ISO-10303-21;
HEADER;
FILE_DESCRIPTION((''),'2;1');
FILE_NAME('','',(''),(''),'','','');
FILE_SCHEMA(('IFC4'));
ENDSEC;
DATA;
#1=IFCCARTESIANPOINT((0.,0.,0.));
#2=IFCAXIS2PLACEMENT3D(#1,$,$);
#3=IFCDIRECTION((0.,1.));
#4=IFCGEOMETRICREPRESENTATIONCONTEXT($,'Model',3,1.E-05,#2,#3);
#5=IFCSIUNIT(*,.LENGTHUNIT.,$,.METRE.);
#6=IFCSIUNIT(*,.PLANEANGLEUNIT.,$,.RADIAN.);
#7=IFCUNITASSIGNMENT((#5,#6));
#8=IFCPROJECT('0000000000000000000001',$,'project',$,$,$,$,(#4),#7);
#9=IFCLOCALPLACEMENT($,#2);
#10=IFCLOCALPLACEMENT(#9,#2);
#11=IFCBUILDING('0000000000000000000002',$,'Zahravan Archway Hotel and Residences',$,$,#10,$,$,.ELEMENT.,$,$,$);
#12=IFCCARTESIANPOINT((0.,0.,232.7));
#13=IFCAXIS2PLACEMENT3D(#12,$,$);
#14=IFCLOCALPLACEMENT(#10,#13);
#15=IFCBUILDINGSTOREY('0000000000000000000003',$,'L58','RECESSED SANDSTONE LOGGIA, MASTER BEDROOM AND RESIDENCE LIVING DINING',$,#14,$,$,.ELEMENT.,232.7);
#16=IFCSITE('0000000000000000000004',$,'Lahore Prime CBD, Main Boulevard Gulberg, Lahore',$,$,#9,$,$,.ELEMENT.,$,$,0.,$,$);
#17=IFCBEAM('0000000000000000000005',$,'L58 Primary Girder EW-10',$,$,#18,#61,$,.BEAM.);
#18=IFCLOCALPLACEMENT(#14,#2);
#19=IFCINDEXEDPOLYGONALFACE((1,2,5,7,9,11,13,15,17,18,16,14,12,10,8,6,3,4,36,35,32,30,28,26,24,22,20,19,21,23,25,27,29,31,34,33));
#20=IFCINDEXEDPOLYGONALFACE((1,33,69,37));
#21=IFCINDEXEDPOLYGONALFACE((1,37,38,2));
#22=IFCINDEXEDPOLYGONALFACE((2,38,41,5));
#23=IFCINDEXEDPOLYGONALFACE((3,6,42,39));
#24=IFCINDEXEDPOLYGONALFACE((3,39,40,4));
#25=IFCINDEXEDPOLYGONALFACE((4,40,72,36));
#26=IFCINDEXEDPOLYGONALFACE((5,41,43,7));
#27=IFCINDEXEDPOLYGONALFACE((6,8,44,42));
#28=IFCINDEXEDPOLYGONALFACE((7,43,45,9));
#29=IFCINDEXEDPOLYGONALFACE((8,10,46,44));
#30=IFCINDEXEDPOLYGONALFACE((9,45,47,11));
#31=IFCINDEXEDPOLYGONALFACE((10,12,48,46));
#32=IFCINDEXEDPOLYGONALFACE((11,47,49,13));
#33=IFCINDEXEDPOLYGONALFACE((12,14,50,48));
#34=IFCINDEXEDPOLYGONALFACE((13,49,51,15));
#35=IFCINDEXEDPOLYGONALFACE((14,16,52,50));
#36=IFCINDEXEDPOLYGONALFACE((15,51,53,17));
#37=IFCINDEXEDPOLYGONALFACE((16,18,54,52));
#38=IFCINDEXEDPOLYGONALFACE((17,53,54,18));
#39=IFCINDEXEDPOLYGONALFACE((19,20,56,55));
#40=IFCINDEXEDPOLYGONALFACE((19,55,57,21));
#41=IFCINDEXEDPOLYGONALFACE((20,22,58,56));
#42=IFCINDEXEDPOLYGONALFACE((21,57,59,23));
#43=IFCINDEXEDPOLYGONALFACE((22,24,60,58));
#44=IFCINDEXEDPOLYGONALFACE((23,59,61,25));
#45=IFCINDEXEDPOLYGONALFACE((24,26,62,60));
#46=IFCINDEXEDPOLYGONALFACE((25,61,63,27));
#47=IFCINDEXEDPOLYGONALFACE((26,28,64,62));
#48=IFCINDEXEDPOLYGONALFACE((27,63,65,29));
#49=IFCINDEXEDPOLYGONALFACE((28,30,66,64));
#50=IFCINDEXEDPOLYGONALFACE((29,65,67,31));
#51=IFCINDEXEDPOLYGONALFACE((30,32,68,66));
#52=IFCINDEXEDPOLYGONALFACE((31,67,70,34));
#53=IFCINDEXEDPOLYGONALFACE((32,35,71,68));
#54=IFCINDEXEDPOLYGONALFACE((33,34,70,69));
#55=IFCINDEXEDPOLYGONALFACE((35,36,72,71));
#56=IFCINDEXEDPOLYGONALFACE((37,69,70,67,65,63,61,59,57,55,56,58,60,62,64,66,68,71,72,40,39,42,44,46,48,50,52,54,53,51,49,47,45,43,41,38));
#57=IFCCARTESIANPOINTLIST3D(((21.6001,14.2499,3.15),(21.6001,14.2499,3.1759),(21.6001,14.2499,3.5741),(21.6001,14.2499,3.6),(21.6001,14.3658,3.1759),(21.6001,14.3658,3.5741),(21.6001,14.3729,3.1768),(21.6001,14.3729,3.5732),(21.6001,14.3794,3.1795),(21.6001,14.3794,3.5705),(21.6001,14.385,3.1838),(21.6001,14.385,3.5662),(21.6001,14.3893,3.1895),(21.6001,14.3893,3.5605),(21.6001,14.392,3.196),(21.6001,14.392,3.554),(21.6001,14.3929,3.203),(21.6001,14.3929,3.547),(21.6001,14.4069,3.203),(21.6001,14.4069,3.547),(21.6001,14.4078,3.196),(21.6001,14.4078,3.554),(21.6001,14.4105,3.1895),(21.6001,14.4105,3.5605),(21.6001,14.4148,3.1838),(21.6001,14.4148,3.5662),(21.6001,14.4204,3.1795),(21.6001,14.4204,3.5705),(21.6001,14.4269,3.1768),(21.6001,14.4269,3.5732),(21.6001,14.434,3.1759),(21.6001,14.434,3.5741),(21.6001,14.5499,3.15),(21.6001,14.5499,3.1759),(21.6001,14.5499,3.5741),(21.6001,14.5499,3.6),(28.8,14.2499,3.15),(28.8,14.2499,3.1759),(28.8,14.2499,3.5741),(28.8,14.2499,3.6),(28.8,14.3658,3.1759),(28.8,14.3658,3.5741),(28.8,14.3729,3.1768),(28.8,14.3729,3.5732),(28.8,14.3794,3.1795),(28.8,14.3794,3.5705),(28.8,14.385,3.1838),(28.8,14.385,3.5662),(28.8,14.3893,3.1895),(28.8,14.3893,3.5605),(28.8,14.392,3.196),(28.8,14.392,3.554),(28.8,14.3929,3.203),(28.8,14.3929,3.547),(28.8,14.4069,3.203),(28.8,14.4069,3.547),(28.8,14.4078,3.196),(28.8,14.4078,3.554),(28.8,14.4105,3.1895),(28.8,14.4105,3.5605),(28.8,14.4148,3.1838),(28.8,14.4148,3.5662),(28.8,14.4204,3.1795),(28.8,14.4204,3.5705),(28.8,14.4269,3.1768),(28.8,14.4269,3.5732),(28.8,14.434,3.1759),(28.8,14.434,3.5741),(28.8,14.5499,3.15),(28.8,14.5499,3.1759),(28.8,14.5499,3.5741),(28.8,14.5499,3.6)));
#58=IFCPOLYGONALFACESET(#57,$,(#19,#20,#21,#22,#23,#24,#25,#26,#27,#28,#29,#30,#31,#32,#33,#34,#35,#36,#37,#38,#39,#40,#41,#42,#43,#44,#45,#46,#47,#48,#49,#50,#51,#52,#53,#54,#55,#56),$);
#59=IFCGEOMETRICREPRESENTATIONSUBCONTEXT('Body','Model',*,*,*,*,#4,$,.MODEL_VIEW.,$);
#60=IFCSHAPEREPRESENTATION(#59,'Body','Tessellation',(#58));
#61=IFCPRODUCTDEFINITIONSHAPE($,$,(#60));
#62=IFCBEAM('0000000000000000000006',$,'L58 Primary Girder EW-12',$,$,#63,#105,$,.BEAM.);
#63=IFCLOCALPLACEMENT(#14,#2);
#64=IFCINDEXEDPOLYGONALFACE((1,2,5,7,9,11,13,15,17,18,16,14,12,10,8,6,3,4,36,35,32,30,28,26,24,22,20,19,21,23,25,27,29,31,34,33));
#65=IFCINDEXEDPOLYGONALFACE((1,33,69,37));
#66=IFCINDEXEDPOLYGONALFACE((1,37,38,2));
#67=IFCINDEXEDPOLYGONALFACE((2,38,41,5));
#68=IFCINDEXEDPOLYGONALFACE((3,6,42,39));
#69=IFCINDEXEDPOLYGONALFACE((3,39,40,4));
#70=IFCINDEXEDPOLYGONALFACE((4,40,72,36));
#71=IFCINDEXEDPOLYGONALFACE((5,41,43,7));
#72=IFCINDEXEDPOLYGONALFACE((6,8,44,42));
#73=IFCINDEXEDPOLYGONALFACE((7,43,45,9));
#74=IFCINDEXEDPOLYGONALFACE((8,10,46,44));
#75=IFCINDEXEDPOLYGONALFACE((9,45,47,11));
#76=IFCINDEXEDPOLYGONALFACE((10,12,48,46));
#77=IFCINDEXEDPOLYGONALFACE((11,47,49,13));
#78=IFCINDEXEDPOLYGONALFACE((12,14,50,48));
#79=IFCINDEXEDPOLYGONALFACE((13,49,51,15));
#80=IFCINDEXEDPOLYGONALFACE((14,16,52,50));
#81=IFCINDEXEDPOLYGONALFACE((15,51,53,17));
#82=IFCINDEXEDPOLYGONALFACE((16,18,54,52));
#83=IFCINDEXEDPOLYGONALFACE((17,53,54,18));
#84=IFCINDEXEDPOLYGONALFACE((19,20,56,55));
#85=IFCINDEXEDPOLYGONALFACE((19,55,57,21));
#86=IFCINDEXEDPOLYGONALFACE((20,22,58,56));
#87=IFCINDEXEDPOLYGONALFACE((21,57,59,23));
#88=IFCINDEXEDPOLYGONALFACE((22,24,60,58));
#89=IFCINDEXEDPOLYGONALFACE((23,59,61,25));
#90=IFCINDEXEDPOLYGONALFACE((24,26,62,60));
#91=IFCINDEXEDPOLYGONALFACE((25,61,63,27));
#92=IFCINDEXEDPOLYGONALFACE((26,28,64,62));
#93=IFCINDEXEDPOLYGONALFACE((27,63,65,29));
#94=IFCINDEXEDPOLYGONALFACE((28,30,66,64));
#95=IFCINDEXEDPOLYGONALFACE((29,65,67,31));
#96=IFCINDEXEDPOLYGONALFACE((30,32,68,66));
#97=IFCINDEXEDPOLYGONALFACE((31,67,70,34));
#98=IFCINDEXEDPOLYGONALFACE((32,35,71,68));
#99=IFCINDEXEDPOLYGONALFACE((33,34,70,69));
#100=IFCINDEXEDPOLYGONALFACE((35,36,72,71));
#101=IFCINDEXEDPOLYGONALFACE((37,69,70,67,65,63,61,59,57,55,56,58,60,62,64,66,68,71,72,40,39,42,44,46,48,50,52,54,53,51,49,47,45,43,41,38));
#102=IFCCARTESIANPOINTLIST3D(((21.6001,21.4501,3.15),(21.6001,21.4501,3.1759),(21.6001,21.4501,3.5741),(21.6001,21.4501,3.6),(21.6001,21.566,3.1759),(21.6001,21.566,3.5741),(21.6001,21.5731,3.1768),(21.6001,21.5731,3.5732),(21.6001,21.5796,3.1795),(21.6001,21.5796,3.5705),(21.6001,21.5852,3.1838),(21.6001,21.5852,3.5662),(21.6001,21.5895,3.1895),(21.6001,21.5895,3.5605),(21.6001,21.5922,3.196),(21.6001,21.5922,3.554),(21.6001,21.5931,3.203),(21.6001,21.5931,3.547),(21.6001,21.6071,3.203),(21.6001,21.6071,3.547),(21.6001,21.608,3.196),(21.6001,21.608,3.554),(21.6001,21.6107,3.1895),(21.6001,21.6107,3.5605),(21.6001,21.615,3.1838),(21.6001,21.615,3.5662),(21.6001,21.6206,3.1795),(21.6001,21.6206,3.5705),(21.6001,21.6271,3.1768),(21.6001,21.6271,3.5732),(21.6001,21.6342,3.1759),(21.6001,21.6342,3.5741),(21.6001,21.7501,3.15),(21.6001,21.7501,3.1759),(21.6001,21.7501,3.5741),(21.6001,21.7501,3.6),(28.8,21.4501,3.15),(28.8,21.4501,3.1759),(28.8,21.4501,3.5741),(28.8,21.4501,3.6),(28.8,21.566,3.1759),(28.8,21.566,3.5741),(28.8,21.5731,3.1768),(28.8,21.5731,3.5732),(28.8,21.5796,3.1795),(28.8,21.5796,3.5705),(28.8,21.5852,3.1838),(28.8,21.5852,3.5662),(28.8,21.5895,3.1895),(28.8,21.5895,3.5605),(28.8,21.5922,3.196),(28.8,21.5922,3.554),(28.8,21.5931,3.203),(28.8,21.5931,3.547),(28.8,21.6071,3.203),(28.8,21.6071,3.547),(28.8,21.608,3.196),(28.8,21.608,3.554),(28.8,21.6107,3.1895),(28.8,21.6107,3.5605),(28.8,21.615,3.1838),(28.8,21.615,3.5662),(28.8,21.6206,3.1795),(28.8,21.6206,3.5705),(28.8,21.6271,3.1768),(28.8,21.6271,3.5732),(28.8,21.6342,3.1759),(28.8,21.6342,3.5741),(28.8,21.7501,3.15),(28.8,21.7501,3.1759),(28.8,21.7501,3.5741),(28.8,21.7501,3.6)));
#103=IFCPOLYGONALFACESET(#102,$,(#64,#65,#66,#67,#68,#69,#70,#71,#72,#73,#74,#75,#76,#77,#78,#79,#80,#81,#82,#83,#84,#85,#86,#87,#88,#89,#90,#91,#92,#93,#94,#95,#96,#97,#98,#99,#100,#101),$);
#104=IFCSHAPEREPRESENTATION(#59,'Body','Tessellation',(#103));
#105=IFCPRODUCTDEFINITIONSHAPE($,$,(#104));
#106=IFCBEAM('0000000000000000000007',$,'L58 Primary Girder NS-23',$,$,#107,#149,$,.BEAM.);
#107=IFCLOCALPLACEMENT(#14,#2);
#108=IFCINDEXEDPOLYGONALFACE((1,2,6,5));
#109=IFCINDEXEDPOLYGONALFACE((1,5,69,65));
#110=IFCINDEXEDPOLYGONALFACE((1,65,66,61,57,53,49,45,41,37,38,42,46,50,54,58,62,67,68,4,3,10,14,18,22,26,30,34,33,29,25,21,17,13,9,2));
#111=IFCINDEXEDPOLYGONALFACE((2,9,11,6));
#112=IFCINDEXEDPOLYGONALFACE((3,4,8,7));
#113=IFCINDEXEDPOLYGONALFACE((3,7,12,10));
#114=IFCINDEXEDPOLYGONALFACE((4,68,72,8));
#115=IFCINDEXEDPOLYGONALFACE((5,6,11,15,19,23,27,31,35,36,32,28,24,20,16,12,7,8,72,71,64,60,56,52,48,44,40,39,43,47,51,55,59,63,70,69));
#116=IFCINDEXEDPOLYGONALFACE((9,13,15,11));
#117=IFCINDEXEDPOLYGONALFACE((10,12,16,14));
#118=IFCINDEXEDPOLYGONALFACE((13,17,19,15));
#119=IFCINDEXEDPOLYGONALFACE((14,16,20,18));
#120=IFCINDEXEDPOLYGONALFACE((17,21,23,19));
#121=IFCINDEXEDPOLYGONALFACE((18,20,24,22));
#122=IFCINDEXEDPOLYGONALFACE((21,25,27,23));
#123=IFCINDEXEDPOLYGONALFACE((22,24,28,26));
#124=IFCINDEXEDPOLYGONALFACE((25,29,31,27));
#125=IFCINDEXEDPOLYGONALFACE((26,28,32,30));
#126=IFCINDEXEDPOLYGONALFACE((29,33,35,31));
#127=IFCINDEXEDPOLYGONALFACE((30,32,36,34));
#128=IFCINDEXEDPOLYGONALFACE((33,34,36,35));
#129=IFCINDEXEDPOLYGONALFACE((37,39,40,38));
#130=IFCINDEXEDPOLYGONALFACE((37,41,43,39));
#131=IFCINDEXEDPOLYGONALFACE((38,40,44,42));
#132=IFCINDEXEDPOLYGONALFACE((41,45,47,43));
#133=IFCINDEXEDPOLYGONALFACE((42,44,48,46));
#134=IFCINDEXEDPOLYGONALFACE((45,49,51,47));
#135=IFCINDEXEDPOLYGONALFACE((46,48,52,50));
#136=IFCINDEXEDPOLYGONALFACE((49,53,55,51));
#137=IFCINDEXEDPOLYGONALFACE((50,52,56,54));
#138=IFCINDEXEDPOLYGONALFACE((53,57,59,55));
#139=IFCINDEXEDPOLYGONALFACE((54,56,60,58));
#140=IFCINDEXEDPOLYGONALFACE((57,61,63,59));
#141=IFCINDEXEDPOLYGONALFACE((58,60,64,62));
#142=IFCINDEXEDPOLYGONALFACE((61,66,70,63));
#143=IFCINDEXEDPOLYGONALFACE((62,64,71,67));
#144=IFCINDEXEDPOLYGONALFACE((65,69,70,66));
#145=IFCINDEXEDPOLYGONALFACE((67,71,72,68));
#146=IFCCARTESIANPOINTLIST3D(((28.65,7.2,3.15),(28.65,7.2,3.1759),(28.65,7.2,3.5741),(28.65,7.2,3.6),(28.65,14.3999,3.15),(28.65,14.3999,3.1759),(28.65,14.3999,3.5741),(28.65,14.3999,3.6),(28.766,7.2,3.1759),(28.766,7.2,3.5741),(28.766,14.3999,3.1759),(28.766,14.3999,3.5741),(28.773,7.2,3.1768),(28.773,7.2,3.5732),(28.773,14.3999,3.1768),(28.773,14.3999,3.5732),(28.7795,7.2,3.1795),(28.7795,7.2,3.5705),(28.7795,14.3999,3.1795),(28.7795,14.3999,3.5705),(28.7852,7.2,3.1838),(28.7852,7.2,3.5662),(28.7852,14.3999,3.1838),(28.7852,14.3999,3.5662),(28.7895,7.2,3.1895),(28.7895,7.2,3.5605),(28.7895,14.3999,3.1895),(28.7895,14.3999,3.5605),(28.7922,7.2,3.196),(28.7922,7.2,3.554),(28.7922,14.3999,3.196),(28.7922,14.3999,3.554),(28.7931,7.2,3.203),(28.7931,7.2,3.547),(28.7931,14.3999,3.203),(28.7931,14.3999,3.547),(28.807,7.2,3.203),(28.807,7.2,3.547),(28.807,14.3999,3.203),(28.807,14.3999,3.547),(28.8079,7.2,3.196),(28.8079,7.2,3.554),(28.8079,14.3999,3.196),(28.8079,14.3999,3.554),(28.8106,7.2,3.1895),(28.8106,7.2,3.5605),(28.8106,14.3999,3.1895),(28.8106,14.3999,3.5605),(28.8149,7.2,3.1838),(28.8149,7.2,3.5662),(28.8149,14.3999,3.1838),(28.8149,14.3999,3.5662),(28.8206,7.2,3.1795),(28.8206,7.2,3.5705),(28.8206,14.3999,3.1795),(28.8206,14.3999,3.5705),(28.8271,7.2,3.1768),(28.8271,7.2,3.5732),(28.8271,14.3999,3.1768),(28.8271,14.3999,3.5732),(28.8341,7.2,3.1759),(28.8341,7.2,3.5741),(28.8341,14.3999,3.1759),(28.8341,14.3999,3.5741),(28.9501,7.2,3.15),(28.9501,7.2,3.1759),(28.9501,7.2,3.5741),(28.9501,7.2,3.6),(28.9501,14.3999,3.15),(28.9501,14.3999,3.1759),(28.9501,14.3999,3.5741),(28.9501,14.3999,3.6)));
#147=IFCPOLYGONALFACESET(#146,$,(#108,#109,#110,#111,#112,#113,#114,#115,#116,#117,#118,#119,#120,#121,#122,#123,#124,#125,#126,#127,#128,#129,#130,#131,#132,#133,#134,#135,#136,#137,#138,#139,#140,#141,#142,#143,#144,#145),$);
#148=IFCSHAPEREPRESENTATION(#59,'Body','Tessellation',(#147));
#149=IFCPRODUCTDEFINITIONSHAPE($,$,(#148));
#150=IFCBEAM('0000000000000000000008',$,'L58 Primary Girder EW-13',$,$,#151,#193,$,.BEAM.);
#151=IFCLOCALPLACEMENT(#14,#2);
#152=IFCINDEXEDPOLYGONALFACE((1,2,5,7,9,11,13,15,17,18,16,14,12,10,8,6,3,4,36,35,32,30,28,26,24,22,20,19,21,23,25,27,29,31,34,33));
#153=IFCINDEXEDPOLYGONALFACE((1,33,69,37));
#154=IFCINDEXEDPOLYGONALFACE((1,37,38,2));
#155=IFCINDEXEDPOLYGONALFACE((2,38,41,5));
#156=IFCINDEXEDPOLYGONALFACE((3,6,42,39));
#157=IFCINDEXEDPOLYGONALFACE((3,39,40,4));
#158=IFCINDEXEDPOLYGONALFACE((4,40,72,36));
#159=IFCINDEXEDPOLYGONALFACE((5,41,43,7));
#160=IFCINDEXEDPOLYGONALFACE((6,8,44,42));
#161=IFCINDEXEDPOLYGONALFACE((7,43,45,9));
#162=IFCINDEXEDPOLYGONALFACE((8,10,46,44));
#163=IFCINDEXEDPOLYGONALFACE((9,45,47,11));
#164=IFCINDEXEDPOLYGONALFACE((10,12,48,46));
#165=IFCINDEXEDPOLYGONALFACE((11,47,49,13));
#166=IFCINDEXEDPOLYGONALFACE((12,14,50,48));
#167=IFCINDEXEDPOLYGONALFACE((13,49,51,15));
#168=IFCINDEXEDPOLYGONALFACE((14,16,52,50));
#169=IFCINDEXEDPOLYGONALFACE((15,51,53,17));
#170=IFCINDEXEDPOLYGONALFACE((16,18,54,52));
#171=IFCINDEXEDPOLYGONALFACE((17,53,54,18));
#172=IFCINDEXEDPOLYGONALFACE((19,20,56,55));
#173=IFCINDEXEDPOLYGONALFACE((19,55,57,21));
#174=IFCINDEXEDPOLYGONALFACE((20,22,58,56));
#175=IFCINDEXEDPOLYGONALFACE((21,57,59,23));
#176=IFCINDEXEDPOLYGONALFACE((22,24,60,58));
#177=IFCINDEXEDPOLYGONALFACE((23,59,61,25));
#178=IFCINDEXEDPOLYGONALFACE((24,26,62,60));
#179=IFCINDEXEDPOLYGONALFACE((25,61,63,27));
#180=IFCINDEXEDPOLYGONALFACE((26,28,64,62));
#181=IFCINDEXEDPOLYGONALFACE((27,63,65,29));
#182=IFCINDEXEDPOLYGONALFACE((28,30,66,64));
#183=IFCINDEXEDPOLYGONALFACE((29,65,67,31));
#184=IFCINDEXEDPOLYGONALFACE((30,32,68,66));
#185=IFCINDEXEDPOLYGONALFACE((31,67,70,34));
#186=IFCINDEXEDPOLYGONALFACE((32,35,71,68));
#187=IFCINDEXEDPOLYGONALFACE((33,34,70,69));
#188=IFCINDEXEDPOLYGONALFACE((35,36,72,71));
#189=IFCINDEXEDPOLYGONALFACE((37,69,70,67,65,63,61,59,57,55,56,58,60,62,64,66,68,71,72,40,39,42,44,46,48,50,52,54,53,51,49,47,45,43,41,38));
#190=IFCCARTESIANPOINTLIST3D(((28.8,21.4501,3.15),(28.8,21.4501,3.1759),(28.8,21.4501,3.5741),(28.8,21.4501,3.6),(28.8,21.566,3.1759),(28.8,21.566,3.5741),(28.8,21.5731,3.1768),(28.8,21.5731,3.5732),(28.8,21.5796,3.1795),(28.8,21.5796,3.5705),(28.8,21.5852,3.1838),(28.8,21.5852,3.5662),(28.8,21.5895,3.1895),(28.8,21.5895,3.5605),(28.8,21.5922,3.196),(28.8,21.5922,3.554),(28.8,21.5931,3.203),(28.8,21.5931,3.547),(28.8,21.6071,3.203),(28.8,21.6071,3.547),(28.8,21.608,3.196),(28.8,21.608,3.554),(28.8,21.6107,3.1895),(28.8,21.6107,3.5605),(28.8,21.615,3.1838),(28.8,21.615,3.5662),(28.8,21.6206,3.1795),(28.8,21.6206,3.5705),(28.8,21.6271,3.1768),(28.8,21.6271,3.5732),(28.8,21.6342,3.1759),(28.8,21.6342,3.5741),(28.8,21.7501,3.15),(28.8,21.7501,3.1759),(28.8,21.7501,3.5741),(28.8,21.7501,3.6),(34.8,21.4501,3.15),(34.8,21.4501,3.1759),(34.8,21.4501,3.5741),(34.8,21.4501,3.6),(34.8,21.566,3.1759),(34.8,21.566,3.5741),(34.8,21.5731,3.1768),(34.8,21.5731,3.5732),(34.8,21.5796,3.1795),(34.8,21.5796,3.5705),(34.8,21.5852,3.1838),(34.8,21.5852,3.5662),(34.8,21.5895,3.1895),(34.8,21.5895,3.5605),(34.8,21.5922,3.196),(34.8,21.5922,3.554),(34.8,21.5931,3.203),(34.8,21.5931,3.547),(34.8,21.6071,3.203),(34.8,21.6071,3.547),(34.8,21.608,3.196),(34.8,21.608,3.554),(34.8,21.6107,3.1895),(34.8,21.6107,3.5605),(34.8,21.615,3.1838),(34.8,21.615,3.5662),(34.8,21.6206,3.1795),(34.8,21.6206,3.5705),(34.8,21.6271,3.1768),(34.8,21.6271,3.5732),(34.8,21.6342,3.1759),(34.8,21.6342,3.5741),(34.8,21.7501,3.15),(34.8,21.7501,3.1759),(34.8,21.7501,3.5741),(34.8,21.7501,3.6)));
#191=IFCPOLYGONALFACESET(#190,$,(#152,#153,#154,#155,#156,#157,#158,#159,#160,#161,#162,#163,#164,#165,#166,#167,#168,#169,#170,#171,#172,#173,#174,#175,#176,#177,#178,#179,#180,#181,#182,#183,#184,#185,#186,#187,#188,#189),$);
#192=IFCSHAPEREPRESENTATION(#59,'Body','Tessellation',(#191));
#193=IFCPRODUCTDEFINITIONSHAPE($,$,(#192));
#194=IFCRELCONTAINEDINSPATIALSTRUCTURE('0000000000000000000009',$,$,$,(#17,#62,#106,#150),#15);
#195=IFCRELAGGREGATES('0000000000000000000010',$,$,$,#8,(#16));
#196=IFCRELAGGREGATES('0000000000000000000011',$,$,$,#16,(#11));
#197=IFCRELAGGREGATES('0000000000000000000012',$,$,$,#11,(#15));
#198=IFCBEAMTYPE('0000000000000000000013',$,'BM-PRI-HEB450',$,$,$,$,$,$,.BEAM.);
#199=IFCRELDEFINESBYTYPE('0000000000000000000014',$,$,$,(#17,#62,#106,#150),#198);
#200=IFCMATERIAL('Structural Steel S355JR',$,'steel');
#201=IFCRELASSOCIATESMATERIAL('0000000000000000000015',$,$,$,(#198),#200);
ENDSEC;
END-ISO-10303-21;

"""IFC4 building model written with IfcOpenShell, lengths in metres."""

from ifc_helpers import new_model, si_unit, direction, frame, origin, origin_2d, place, context, subcontext, project, spatial, i_section, extrude, source, transform, mapped, material, material_profile, profile_set, type_object, element, save


model = new_model("IFC4")

# Units and contexts
model_context = context("Model", 3, precision=1e-05, world=origin(), true_north=direction((0.0, 1.0)))
body_context = subcontext(model_context, "Body", "Model", "MODEL_VIEW")
ifc_project = project(units=[si_unit("LENGTHUNIT", "METRE"), si_unit("PLANEANGLEUNIT", "RADIAN")], contexts=[model_context])

# Site, building, storey
site_placement = place(None, origin())
site = spatial("IfcSite", under=ifc_project, at=site_placement, Name="Lahore Prime CBD, Main Boulevard Gulberg, Lahore", CompositionType="ELEMENT", RefElevation=0.0)
building_placement = place(site_placement, origin())
building = spatial("IfcBuilding", under=site, at=building_placement, Name="Zahravan Archway Hotel and Residences", CompositionType="ELEMENT")
storey_placement = place(building_placement, frame((0.0, 0.0, 232.7)))
storey = spatial("IfcBuildingStorey", under=building, at=storey_placement, Name="L58", Description="RECESSED SANDSTONE LOGGIA, MASTER BEDROOM AND RESIDENCE LIVING DINING", CompositionType="ELEMENT", Elevation=232.7)

# Beams
ifc_material_1 = material(Name="Structural Steel S355JR", Category="steel")
ifc_material_profile_1 = material_profile(ifc_material_1, i_section(OverallWidth=0.3, OverallDepth=0.45, WebThickness=0.0139, FlangeThickness=0.0259, FilletRadius=0.0271, at=origin_2d()), Name="HEB 450", Category="steel")
ifc_profile_set_1 = profile_set([ifc_material_profile_1], Name="Structural Steel S355JR")
beam_type_1 = type_object("IfcBeamType", Name="BM-PRI-HEB450", PredefinedType="BEAM", material=ifc_profile_set_1)
shared_shape_1 = source(origin(), body_context, "Body", "SweptSolid", [
    extrude(i_section(OverallWidth=0.3, OverallDepth=0.45, WebThickness=0.0139, FlangeThickness=0.0259, FilletRadius=0.0271, at=origin_2d()), origin(), (0.0, 0.0, 1.0), 7.2),
])
for number, where, z_axis, x_axis, name in (
    (1, (21.6001, 14.3999, 3.375), (1.0, 0.0, 0.0), (0.0, 1.0, 0.0), "L58 Primary Girder EW-10"),
    (2, (21.6001, 21.6001, 3.375), (1.0, 0.0, 0.0), (0.0, 1.0, 0.0), "L58 Primary Girder EW-12"),
    (3, (28.8, 7.2, 3.375), (0.0, 1.0, 0.0), (-1.0, 0.0, 0.0), "L58 Primary Girder NS-23"),
):
    element("IfcBeam", number, at=place(storey_placement, frame(where, z_axis=z_axis, x_axis=x_axis)), inside=storey, type_object=beam_type_1, Name=name, PredefinedType="BEAM", context=body_context, shape_type="MappedRepresentation", body=[
        mapped(shared_shape_1, transform((0.0, 0.0, 0.0), scale=1.0)),
    ])
shared_shape_2 = source(origin(), body_context, "Body", "SweptSolid", [
    extrude(i_section(OverallWidth=0.3, OverallDepth=0.45, WebThickness=0.0139, FlangeThickness=0.0259, FilletRadius=0.0271, at=origin_2d()), origin(), (0.0, 0.0, 1.0), 6.0),
])
beam_1_placement = place(storey_placement, frame((28.8, 21.6001, 3.375), z_axis=(1.0, 0.0, 0.0), x_axis=(0.0, 1.0, 0.0)))
element("IfcBeam", 4, at=beam_1_placement, inside=storey, type_object=beam_type_1, Name="L58 Primary Girder EW-13", PredefinedType="BEAM", context=body_context, shape_type="MappedRepresentation", body=[
    mapped(shared_shape_2, transform((0.0, 0.0, 0.0), scale=1.0)),
])

save(model, "model.ifc")
